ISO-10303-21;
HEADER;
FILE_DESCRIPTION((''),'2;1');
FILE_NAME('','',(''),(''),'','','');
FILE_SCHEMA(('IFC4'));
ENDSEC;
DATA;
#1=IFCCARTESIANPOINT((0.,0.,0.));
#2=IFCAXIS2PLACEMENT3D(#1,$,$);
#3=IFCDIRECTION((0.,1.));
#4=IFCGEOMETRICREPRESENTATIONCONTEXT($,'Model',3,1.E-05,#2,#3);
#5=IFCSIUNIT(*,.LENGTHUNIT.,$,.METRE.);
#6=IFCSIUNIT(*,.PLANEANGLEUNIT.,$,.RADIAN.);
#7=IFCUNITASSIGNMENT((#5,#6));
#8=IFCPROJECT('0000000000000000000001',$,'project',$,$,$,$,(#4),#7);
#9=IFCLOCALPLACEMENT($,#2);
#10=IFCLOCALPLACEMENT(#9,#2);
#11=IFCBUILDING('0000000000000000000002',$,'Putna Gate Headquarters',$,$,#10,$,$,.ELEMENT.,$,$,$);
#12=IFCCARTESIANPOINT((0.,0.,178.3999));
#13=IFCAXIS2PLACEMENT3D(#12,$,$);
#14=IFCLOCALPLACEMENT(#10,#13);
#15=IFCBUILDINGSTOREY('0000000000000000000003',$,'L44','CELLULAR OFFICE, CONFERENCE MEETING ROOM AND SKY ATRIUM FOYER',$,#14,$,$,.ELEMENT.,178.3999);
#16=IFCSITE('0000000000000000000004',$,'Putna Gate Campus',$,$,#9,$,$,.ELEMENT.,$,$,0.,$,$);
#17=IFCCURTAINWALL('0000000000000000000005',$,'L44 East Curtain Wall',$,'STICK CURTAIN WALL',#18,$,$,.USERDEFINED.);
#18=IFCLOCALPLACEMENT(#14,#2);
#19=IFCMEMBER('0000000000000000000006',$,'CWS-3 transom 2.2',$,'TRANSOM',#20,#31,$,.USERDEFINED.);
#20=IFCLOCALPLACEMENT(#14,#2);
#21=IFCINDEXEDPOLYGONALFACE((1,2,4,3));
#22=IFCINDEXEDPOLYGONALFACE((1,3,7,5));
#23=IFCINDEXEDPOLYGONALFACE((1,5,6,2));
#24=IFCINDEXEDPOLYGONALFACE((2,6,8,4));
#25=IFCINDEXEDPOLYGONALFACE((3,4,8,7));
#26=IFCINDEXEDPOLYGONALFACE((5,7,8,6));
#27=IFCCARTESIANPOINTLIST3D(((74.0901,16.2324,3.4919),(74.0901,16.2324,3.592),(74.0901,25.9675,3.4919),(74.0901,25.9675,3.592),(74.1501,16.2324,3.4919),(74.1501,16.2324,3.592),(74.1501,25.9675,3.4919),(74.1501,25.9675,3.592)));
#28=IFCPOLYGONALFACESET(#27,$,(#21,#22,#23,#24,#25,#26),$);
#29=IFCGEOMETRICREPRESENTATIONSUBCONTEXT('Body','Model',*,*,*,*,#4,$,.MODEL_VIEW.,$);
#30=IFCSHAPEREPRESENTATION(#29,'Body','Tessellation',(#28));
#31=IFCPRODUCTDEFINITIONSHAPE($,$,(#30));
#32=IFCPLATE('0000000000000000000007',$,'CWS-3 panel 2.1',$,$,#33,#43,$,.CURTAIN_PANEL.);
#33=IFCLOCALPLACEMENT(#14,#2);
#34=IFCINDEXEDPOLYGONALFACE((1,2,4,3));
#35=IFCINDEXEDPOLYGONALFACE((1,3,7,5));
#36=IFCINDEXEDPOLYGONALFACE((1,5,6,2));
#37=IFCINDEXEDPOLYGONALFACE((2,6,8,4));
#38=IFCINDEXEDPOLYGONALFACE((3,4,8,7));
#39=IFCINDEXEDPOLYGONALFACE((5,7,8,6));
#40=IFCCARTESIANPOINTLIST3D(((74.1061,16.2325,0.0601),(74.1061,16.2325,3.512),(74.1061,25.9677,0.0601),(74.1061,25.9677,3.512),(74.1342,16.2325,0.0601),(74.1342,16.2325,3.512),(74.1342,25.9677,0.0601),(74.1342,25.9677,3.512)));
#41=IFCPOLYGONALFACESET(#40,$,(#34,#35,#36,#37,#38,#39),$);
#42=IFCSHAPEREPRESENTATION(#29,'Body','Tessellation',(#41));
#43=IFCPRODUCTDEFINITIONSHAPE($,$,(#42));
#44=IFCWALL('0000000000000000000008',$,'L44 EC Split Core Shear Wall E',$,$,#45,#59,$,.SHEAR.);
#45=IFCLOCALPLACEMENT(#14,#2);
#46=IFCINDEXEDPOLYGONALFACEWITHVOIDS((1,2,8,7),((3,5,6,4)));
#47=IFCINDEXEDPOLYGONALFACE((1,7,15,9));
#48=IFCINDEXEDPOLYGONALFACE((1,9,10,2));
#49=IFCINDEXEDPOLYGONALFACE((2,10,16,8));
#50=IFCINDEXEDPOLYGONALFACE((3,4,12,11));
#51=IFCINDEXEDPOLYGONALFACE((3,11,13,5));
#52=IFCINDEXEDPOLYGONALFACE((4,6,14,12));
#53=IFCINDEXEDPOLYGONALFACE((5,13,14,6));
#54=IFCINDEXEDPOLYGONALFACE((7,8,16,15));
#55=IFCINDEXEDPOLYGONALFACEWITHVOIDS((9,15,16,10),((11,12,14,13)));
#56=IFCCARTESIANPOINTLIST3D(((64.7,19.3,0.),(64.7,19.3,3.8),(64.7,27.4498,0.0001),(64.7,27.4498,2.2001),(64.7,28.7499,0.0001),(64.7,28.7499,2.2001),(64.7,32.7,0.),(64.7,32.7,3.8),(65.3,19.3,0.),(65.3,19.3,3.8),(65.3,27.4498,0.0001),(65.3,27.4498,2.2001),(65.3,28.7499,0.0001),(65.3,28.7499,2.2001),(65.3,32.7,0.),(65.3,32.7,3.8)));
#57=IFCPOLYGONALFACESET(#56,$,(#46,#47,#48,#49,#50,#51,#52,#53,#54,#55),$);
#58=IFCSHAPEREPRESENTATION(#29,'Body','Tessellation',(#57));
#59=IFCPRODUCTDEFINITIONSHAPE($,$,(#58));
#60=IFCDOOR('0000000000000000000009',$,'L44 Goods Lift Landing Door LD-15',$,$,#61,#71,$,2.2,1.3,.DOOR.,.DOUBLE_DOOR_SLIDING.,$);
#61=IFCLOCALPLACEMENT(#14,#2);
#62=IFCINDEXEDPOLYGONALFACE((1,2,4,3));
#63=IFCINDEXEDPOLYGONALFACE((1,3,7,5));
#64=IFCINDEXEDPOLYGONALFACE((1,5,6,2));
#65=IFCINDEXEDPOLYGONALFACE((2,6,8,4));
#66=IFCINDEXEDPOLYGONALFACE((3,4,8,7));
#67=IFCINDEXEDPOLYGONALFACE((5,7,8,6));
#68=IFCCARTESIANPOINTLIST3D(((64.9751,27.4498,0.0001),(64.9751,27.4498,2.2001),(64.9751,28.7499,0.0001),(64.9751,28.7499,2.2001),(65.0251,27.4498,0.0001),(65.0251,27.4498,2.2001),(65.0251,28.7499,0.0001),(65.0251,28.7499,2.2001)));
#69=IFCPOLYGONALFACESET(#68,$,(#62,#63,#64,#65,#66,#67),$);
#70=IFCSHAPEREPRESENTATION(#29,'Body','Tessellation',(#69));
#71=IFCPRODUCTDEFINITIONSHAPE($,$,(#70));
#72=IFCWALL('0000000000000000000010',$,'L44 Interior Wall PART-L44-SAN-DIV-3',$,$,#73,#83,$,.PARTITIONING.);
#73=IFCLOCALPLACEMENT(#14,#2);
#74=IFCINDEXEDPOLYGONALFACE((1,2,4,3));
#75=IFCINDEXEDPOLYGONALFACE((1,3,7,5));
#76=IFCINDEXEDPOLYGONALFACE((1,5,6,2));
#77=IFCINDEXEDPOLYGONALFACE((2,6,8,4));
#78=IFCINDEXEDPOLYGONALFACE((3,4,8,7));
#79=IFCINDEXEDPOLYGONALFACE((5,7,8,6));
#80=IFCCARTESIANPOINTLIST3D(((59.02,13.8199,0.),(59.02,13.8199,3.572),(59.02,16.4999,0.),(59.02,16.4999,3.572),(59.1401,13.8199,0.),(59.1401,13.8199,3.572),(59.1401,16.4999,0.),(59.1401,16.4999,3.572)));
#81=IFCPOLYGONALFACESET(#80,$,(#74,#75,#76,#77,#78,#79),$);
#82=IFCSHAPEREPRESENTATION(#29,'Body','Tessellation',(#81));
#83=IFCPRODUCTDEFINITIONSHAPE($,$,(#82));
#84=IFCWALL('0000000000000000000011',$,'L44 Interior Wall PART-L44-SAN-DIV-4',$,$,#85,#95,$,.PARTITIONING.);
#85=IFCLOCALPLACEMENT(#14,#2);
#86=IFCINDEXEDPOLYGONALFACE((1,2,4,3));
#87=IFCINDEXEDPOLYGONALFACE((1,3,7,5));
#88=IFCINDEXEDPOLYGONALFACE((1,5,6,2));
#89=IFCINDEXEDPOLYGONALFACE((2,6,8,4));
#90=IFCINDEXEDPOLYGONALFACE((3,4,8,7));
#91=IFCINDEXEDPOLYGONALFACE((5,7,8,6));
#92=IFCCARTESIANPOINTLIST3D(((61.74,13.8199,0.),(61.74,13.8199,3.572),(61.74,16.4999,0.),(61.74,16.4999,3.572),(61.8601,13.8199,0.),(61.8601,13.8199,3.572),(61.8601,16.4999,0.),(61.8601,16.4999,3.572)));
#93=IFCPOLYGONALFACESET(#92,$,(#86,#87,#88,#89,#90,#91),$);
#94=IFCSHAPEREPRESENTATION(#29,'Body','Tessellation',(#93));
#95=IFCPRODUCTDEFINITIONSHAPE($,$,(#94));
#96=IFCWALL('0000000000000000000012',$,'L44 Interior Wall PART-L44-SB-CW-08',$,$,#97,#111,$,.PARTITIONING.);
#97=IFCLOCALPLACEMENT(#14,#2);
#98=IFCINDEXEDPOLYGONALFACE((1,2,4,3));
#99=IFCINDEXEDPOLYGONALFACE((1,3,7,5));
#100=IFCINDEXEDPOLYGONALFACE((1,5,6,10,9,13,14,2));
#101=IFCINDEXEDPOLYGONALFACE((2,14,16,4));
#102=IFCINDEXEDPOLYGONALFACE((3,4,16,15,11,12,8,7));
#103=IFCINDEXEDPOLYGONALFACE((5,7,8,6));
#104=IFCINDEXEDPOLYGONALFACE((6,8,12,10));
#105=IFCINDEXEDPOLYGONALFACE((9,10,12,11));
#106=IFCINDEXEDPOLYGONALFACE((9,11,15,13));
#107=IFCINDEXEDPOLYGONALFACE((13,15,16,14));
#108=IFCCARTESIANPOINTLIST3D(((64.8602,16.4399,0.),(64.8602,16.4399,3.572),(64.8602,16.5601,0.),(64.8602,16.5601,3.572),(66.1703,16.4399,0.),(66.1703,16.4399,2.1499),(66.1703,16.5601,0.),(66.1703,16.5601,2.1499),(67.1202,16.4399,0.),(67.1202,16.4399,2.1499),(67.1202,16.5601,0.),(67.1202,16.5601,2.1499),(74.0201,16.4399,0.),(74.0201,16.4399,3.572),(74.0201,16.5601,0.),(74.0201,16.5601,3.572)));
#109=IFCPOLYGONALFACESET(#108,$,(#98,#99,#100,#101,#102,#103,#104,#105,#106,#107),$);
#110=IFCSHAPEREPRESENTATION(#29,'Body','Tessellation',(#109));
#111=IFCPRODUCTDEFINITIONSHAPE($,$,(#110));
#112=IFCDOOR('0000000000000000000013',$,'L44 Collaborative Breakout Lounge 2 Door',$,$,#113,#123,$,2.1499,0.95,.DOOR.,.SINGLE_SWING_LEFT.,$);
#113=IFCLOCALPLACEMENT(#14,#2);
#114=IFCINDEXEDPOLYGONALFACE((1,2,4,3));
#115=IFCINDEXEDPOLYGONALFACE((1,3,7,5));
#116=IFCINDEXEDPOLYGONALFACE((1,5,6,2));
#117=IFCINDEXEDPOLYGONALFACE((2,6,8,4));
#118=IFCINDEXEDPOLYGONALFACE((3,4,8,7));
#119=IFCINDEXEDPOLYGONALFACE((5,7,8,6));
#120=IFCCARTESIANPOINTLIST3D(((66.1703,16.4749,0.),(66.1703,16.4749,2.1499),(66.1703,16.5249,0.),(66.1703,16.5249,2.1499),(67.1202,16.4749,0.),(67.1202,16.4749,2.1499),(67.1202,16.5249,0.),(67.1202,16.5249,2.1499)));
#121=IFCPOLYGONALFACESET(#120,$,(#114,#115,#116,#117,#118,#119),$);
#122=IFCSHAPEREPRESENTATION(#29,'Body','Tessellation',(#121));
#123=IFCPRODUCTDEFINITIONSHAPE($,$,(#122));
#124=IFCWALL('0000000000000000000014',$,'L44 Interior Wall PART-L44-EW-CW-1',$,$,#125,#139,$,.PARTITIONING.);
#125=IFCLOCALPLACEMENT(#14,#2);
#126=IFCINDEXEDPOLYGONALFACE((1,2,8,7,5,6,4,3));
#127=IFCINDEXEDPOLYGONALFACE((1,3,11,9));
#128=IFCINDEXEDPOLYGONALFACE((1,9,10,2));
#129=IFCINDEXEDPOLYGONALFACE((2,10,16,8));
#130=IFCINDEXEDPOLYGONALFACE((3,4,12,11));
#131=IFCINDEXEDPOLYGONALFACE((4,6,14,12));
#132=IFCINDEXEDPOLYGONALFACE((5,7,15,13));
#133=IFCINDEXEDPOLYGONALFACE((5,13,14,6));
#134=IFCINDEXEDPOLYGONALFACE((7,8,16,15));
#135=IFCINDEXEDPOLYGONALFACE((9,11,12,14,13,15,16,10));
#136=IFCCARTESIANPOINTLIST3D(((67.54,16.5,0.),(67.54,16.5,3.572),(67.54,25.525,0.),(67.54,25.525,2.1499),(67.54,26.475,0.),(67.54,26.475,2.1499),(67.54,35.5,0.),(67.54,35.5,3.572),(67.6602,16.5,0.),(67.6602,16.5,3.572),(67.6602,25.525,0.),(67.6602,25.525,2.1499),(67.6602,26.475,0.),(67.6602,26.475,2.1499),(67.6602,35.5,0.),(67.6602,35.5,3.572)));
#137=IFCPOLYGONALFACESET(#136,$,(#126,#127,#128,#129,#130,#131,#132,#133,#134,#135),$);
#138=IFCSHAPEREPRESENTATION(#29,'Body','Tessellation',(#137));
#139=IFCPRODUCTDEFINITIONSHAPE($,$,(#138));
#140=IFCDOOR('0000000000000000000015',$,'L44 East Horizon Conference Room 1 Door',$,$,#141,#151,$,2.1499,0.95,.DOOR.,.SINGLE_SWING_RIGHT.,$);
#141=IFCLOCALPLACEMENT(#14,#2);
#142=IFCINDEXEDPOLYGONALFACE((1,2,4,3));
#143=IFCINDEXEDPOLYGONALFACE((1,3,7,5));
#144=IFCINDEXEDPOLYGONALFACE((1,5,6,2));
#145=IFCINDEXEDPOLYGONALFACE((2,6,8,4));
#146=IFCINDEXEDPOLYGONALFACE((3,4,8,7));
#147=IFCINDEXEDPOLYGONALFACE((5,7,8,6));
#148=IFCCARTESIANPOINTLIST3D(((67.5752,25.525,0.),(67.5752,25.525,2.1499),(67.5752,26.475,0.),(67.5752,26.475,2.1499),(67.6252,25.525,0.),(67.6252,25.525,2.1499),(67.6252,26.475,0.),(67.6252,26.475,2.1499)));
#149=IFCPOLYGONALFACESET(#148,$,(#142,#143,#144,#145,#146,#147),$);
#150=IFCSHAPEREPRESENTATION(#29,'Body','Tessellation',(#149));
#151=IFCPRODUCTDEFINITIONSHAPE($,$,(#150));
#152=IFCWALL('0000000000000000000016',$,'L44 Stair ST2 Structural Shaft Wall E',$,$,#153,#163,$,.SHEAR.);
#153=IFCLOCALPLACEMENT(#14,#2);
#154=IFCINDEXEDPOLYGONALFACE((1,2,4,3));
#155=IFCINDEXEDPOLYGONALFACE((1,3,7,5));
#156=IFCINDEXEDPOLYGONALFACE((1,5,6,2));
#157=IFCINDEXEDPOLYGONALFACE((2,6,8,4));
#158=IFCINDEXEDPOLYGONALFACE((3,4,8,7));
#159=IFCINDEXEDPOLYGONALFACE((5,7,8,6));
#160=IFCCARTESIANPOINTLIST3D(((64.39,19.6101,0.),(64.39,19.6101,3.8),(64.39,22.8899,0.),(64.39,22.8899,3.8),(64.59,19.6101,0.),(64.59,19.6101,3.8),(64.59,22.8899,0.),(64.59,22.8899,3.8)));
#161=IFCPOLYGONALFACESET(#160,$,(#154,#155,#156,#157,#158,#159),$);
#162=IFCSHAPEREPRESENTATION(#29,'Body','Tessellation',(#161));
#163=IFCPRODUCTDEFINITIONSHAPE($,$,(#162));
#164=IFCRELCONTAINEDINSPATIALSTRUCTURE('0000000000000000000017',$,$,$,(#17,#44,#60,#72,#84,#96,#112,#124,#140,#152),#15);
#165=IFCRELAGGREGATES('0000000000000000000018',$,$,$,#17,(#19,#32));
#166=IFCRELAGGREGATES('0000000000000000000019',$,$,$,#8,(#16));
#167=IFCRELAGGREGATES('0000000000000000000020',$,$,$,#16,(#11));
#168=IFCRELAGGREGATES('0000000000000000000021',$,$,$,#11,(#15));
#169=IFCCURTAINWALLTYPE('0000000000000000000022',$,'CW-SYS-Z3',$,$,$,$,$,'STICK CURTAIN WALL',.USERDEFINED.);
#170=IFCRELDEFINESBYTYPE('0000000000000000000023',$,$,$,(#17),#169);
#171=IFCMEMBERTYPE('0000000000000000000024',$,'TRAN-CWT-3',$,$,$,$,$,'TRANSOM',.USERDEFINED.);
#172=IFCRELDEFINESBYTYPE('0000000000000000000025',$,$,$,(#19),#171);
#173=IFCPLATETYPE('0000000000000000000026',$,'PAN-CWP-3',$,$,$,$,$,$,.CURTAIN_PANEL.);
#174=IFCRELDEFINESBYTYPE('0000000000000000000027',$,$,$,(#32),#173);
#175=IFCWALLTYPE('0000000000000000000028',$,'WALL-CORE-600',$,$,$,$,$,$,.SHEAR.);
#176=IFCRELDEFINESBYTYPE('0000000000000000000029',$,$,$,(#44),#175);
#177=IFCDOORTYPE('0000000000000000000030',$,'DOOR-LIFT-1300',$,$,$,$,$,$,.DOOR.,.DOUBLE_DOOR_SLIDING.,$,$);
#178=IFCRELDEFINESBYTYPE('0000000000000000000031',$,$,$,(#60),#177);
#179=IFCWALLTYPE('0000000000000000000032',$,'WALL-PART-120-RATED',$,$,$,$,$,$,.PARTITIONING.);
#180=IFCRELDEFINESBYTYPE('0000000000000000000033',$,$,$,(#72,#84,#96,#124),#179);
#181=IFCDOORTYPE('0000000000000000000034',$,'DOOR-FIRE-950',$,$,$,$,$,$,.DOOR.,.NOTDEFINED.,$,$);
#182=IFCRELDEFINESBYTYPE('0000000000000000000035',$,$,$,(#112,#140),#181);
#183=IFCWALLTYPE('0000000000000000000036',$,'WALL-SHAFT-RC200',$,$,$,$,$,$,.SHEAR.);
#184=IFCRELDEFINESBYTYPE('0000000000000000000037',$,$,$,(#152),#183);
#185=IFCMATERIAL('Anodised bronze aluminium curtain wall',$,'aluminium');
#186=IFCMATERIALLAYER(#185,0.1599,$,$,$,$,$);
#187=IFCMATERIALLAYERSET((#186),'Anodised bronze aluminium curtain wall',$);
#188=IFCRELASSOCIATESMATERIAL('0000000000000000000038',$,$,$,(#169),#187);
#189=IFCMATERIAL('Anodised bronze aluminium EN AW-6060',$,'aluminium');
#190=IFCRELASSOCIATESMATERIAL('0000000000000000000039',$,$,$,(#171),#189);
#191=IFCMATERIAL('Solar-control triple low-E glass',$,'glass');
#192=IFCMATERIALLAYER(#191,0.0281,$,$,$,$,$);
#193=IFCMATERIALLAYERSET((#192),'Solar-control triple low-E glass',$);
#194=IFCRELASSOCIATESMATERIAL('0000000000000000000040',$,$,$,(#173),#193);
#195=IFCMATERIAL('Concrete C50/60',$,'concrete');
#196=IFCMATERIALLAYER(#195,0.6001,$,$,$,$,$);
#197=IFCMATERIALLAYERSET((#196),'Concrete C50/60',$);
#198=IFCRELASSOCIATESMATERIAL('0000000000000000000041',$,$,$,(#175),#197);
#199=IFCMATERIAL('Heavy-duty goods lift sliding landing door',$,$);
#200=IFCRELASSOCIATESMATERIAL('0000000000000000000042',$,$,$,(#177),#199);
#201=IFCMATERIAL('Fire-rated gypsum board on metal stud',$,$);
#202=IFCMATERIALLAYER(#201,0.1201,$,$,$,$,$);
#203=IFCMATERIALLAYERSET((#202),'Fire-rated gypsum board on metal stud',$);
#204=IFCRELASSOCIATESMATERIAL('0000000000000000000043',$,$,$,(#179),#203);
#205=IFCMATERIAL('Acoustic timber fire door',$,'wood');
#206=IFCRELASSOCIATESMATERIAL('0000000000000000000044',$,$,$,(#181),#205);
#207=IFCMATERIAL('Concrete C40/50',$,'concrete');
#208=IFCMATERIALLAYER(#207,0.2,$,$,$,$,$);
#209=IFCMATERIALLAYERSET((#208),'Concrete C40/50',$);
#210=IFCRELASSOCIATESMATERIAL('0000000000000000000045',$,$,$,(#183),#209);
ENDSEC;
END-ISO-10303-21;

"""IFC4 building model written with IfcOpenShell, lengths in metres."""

from ifc_helpers import new_model, si_unit, direction, frame, frame_2d, origin, origin_2d, place, context, subcontext, project, spatial, rectangle, extrude, material, layer, layer_set, material_profile, profile_set, type_object, element, fill, aggregate, save


model = new_model("IFC4")

# Units and contexts
model_context = context("Model", 3, precision=1e-05, world=origin(), true_north=direction((0.0, 1.0)))
body_context = subcontext(model_context, "Body", "Model", "MODEL_VIEW")
ifc_project = project(units=[si_unit("LENGTHUNIT", "METRE"), si_unit("PLANEANGLEUNIT", "RADIAN")], contexts=[model_context])

# Site, building, storey
site_placement = place(None, origin())
site = spatial("IfcSite", under=ifc_project, at=site_placement, Name="Putna Gate Campus", CompositionType="ELEMENT", RefElevation=0.0)
building_placement = place(site_placement, origin())
building = spatial("IfcBuilding", under=site, at=building_placement, Name="Putna Gate Headquarters", CompositionType="ELEMENT")
storey_placement = place(building_placement, frame((0.0, 0.0, 178.3999)))
storey = spatial("IfcBuildingStorey", under=building, at=storey_placement, Name="L44", Description="CELLULAR OFFICE, CONFERENCE MEETING ROOM AND SKY ATRIUM FOYER", CompositionType="ELEMENT", Elevation=178.3999)

# Shared definitions
ifc_material_1 = material(Name="Concrete C50/60", Category="concrete")

# Curtain wall, member, plate
ifc_material_2 = material(Name="Anodised bronze aluminium curtain wall", Category="aluminium")
ifc_layer_1 = layer(ifc_material_2, 0.1599)
ifc_layer_set_1 = layer_set([ifc_layer_1], Name="Anodised bronze aluminium curtain wall")
curtain_wall_type = type_object("IfcCurtainWallType", Name="CW-SYS-Z3", ElementType="STICK CURTAIN WALL", PredefinedType="USERDEFINED", material=ifc_layer_set_1)
curtain_wall_placement = place(storey_placement, origin())
curtain_wall = element("IfcCurtainWall", 1, at=curtain_wall_placement, inside=storey, type_object=curtain_wall_type, Name="L44 East Curtain Wall", ObjectType="STICK CURTAIN WALL", PredefinedType="USERDEFINED")
ifc_material_3 = material(Name="Anodised bronze aluminium EN AW-6060", Category="aluminium")
ifc_material_profile_1 = material_profile(ifc_material_3, rectangle(XDim=0.0601, YDim=0.1001, at=origin_2d()), Name="Anodised bronze aluminium EN AW-6060")
ifc_profile_set_1 = profile_set([ifc_material_profile_1], Name="Anodised bronze aluminium EN AW-6060")
member_type_1 = type_object("IfcMemberType", Name="TRAN-CWT-3", ElementType="TRANSOM", PredefinedType="USERDEFINED", material=ifc_profile_set_1)
member_1_placement = place(storey_placement, frame((74.1201, 16.2324, 3.542), z_axis=(0.0, 1.0, 0.0), x_axis=(-1.0, 0.0, 0.0)))
member_1 = element("IfcMember", 2, at=member_1_placement, type_object=member_type_1, Name="CWS-3 transom 2.2", ObjectType="TRANSOM", PredefinedType="USERDEFINED", context=body_context, shape_type="SweptSolid", body=[
    extrude(rectangle(XDim=0.0601, YDim=0.1001, at=origin_2d()), origin(), (0.0, 0.0, 1.0), 9.7351),
])
ifc_material_4 = material(Name="Solar-control triple low-E glass", Category="glass")
ifc_layer_2 = layer(ifc_material_4, 0.0281)
ifc_layer_set_2 = layer_set([ifc_layer_2], Name="Solar-control triple low-E glass")
plate_type = type_object("IfcPlateType", Name="PAN-CWP-3", PredefinedType="CURTAIN_PANEL", material=ifc_layer_set_2)
plate_placement = place(storey_placement, frame((74.1201, 21.1001, 0.0601), z_axis=(0.0, 0.0, 1.0), x_axis=(0.0, 1.0, 0.0)))
plate = element("IfcPlate", 3, at=plate_placement, type_object=plate_type, Name="CWS-3 panel 2.1", PredefinedType="CURTAIN_PANEL", context=body_context, shape_type="SweptSolid", body=[
    extrude(rectangle(XDim=9.7351, YDim=0.0281, at=origin_2d()), origin(), (0.0, 0.0, 1.0), 3.4519),
])
aggregate(curtain_wall, [member_1, plate])

# Wall, opening, door
ifc_layer_3 = layer(ifc_material_1, 0.6001)
ifc_layer_set_3 = layer_set([ifc_layer_3], Name="Concrete C50/60")
wall_type_1 = type_object("IfcWallType", Name="WALL-CORE-600", PredefinedType="SHEAR", material=ifc_layer_set_3)
wall_1_placement = place(storey_placement, frame((65.0, 19.3, 0.0), z_axis=(0.0, 0.0, 1.0), x_axis=(0.0, 1.0, 0.0)))
wall_1 = element("IfcWall", 4, at=wall_1_placement, inside=storey, type_object=wall_type_1, Name="L44 EC Split Core Shear Wall E", PredefinedType="SHEAR", context=body_context, shape_type="SweptSolid", body=[
    extrude(rectangle(XDim=13.3999, YDim=0.6001, at=frame_2d((6.7, 0.0))), origin(), (0.0, 0.0, 1.0), 3.8),
])
opening_1_placement = place(wall_1_placement, frame((8.1499, 0.0, 0.0)))
opening_1 = element("IfcOpeningElement", 5, at=opening_1_placement, cuts=wall_1, PredefinedType="OPENING", context=body_context, shape_type="SweptSolid", body=[
    extrude(rectangle(XDim=1.3, YDim=2.2, at=frame_2d((0.6499, 1.1001))), frame((0.0, 0.3101, 0.0), z_axis=(0.0, -1.0, 0.0), x_axis=(1.0, 0.0, 0.0)), (0.0, 0.0, 1.0), 0.6201),
])
ifc_material_5 = material(Name="Heavy-duty goods lift sliding landing door")
door_type_1 = type_object("IfcDoorType", Name="DOOR-LIFT-1300", OperationType="DOUBLE_DOOR_SLIDING", PredefinedType="DOOR", material=ifc_material_5)
door_1_placement = place(opening_1_placement, origin())
door_1 = element("IfcDoor", 6, at=door_1_placement, inside=storey, type_object=door_type_1, Name="L44 Goods Lift Landing Door LD-15", OperationType="DOUBLE_DOOR_SLIDING", OverallHeight=2.2, OverallWidth=1.3, PredefinedType="DOOR", context=body_context, shape_type="SweptSolid", body=[
    extrude(rectangle(XDim=1.3, YDim=2.2, at=frame_2d((0.6499, 1.1001))), frame((0.0, 0.0249, 0.0), z_axis=(0.0, -1.0, 0.0), x_axis=(1.0, 0.0, 0.0)), (0.0, 0.0, 1.0), 0.05),
])
fill(opening_1, door_1)

# Walls
ifc_material_6 = material(Name="Fire-rated gypsum board on metal stud")
ifc_layer_4 = layer(ifc_material_6, 0.1201)
ifc_layer_set_4 = layer_set([ifc_layer_4], Name="Fire-rated gypsum board on metal stud")
wall_type_2 = type_object("IfcWallType", Name="WALL-PART-120-RATED", PredefinedType="PARTITIONING", material=ifc_layer_set_4)
for number, where, z_axis, x_axis, name in (
    (7, (59.0801, 13.8201, 0.0), (0.0, 0.0, 1.0), (0.0, 1.0, 0.0), "L44 Interior Wall PART-L44-SAN-DIV-3"),
    (8, (61.8, 13.8201, 0.0), (0.0, 0.0, 1.0), (0.0, 1.0, 0.0), "L44 Interior Wall PART-L44-SAN-DIV-4"),
):
    element("IfcWall", number, at=place(storey_placement, frame(where, z_axis=z_axis, x_axis=x_axis)), inside=storey, type_object=wall_type_2, Name=name, PredefinedType="PARTITIONING", context=body_context, shape_type="SweptSolid", body=[
        extrude(rectangle(XDim=2.6799, YDim=0.1201, at=frame_2d((1.3398, 0.0))), origin(), (0.0, 0.0, 1.0), 3.572),
    ])

# Walls, openings, doors
wall_2_placement = place(storey_placement, frame((64.8601, 16.5, 0.0), z_axis=(0.0, 0.0, 1.0), x_axis=(1.0, 0.0, 0.0)))
wall_2 = element("IfcWall", 9, at=wall_2_placement, inside=storey, type_object=wall_type_2, Name="L44 Interior Wall PART-L44-SB-CW-08", PredefinedType="PARTITIONING", context=body_context, shape_type="SweptSolid", body=[
    extrude(rectangle(XDim=9.1599, YDim=0.1201, at=frame_2d((4.5801, 0.0))), origin(), (0.0, 0.0, 1.0), 3.572),
])
opening_2_placement = place(wall_2_placement, frame((1.3101, 0.0, 0.0)))
opening_2 = element("IfcOpeningElement", 10, at=opening_2_placement, cuts=wall_2, PredefinedType="OPENING", context=body_context, shape_type="SweptSolid", body=[
    extrude(rectangle(XDim=0.95, YDim=2.1499, at=frame_2d((0.4751, 1.075))), frame((0.0, 0.0701, 0.0), z_axis=(0.0, -1.0, 0.0), x_axis=(1.0, 0.0, 0.0)), (0.0, 0.0, 1.0), 0.1401),
])
ifc_material_7 = material(Name="Acoustic timber fire door", Category="wood")
door_type_2 = type_object("IfcDoorType", Name="DOOR-FIRE-950", OperationType="NOTDEFINED", PredefinedType="DOOR", material=ifc_material_7)
door_2_placement = place(opening_2_placement, origin())
door_2 = element("IfcDoor", 11, at=door_2_placement, inside=storey, type_object=door_type_2, Name="L44 Collaborative Breakout Lounge 2 Door", OperationType="SINGLE_SWING_LEFT", OverallHeight=2.1499, OverallWidth=0.95, PredefinedType="DOOR", context=body_context, shape_type="SweptSolid", body=[
    extrude(rectangle(XDim=0.95, YDim=2.1499, at=frame_2d((0.4751, 1.075))), frame((0.0, 0.0249, 0.0), z_axis=(0.0, -1.0, 0.0), x_axis=(1.0, 0.0, 0.0)), (0.0, 0.0, 1.0), 0.05),
])
fill(opening_2, door_2)
wall_3_placement = place(storey_placement, frame((67.6001, 16.5, 0.0), z_axis=(0.0, 0.0, 1.0), x_axis=(0.0, 1.0, 0.0)))
wall_3 = element("IfcWall", 12, at=wall_3_placement, inside=storey, type_object=wall_type_2, Name="L44 Interior Wall PART-L44-EW-CW-1", PredefinedType="PARTITIONING", context=body_context, shape_type="SweptSolid", body=[
    extrude(rectangle(XDim=19.0, YDim=0.1201, at=frame_2d((9.5, 0.0))), origin(), (0.0, 0.0, 1.0), 3.572),
])
opening_3_placement = place(wall_3_placement, frame((9.0249, 0.0, 0.0)))
opening_3 = element("IfcOpeningElement", 13, at=opening_3_placement, cuts=wall_3, PredefinedType="OPENING", context=body_context, shape_type="SweptSolid", body=[
    extrude(rectangle(XDim=0.95, YDim=2.1499, at=frame_2d((0.4751, 1.075))), frame((0.0, 0.0701, 0.0), z_axis=(0.0, -1.0, 0.0), x_axis=(1.0, 0.0, 0.0)), (0.0, 0.0, 1.0), 0.1401),
])
door_3_placement = place(opening_3_placement, origin())
door_3 = element("IfcDoor", 14, at=door_3_placement, inside=storey, type_object=door_type_2, Name="L44 East Horizon Conference Room 1 Door", OperationType="SINGLE_SWING_RIGHT", OverallHeight=2.1499, OverallWidth=0.95, PredefinedType="DOOR", context=body_context, shape_type="SweptSolid", body=[
    extrude(rectangle(XDim=0.95, YDim=2.1499, at=frame_2d((0.4751, 1.075))), frame((0.0, 0.0249, 0.0), z_axis=(0.0, -1.0, 0.0), x_axis=(1.0, 0.0, 0.0)), (0.0, 0.0, 1.0), 0.05),
])
fill(opening_3, door_3)

# Wall
ifc_material_8 = material(Name="Concrete C40/50", Category="concrete")
ifc_layer_5 = layer(ifc_material_8, 0.2)
ifc_layer_set_5 = layer_set([ifc_layer_5], Name="Concrete C40/50")
wall_type_3 = type_object("IfcWallType", Name="WALL-SHAFT-RC200", PredefinedType="SHEAR", material=ifc_layer_set_5)
wall_4_placement = place(storey_placement, frame((64.49, 19.6101, 0.0), z_axis=(0.0, 0.0, 1.0), x_axis=(0.0, 1.0, 0.0)))
element("IfcWall", 15, at=wall_4_placement, inside=storey, type_object=wall_type_3, Name="L44 Stair ST2 Structural Shaft Wall E", PredefinedType="SHEAR", context=body_context, shape_type="SweptSolid", body=[
    extrude(rectangle(XDim=3.2798, YDim=0.2, at=frame_2d((1.6399, 0.0))), origin(), (0.0, 0.0, 1.0), 3.8),
])

save(model, "model.ifc")
